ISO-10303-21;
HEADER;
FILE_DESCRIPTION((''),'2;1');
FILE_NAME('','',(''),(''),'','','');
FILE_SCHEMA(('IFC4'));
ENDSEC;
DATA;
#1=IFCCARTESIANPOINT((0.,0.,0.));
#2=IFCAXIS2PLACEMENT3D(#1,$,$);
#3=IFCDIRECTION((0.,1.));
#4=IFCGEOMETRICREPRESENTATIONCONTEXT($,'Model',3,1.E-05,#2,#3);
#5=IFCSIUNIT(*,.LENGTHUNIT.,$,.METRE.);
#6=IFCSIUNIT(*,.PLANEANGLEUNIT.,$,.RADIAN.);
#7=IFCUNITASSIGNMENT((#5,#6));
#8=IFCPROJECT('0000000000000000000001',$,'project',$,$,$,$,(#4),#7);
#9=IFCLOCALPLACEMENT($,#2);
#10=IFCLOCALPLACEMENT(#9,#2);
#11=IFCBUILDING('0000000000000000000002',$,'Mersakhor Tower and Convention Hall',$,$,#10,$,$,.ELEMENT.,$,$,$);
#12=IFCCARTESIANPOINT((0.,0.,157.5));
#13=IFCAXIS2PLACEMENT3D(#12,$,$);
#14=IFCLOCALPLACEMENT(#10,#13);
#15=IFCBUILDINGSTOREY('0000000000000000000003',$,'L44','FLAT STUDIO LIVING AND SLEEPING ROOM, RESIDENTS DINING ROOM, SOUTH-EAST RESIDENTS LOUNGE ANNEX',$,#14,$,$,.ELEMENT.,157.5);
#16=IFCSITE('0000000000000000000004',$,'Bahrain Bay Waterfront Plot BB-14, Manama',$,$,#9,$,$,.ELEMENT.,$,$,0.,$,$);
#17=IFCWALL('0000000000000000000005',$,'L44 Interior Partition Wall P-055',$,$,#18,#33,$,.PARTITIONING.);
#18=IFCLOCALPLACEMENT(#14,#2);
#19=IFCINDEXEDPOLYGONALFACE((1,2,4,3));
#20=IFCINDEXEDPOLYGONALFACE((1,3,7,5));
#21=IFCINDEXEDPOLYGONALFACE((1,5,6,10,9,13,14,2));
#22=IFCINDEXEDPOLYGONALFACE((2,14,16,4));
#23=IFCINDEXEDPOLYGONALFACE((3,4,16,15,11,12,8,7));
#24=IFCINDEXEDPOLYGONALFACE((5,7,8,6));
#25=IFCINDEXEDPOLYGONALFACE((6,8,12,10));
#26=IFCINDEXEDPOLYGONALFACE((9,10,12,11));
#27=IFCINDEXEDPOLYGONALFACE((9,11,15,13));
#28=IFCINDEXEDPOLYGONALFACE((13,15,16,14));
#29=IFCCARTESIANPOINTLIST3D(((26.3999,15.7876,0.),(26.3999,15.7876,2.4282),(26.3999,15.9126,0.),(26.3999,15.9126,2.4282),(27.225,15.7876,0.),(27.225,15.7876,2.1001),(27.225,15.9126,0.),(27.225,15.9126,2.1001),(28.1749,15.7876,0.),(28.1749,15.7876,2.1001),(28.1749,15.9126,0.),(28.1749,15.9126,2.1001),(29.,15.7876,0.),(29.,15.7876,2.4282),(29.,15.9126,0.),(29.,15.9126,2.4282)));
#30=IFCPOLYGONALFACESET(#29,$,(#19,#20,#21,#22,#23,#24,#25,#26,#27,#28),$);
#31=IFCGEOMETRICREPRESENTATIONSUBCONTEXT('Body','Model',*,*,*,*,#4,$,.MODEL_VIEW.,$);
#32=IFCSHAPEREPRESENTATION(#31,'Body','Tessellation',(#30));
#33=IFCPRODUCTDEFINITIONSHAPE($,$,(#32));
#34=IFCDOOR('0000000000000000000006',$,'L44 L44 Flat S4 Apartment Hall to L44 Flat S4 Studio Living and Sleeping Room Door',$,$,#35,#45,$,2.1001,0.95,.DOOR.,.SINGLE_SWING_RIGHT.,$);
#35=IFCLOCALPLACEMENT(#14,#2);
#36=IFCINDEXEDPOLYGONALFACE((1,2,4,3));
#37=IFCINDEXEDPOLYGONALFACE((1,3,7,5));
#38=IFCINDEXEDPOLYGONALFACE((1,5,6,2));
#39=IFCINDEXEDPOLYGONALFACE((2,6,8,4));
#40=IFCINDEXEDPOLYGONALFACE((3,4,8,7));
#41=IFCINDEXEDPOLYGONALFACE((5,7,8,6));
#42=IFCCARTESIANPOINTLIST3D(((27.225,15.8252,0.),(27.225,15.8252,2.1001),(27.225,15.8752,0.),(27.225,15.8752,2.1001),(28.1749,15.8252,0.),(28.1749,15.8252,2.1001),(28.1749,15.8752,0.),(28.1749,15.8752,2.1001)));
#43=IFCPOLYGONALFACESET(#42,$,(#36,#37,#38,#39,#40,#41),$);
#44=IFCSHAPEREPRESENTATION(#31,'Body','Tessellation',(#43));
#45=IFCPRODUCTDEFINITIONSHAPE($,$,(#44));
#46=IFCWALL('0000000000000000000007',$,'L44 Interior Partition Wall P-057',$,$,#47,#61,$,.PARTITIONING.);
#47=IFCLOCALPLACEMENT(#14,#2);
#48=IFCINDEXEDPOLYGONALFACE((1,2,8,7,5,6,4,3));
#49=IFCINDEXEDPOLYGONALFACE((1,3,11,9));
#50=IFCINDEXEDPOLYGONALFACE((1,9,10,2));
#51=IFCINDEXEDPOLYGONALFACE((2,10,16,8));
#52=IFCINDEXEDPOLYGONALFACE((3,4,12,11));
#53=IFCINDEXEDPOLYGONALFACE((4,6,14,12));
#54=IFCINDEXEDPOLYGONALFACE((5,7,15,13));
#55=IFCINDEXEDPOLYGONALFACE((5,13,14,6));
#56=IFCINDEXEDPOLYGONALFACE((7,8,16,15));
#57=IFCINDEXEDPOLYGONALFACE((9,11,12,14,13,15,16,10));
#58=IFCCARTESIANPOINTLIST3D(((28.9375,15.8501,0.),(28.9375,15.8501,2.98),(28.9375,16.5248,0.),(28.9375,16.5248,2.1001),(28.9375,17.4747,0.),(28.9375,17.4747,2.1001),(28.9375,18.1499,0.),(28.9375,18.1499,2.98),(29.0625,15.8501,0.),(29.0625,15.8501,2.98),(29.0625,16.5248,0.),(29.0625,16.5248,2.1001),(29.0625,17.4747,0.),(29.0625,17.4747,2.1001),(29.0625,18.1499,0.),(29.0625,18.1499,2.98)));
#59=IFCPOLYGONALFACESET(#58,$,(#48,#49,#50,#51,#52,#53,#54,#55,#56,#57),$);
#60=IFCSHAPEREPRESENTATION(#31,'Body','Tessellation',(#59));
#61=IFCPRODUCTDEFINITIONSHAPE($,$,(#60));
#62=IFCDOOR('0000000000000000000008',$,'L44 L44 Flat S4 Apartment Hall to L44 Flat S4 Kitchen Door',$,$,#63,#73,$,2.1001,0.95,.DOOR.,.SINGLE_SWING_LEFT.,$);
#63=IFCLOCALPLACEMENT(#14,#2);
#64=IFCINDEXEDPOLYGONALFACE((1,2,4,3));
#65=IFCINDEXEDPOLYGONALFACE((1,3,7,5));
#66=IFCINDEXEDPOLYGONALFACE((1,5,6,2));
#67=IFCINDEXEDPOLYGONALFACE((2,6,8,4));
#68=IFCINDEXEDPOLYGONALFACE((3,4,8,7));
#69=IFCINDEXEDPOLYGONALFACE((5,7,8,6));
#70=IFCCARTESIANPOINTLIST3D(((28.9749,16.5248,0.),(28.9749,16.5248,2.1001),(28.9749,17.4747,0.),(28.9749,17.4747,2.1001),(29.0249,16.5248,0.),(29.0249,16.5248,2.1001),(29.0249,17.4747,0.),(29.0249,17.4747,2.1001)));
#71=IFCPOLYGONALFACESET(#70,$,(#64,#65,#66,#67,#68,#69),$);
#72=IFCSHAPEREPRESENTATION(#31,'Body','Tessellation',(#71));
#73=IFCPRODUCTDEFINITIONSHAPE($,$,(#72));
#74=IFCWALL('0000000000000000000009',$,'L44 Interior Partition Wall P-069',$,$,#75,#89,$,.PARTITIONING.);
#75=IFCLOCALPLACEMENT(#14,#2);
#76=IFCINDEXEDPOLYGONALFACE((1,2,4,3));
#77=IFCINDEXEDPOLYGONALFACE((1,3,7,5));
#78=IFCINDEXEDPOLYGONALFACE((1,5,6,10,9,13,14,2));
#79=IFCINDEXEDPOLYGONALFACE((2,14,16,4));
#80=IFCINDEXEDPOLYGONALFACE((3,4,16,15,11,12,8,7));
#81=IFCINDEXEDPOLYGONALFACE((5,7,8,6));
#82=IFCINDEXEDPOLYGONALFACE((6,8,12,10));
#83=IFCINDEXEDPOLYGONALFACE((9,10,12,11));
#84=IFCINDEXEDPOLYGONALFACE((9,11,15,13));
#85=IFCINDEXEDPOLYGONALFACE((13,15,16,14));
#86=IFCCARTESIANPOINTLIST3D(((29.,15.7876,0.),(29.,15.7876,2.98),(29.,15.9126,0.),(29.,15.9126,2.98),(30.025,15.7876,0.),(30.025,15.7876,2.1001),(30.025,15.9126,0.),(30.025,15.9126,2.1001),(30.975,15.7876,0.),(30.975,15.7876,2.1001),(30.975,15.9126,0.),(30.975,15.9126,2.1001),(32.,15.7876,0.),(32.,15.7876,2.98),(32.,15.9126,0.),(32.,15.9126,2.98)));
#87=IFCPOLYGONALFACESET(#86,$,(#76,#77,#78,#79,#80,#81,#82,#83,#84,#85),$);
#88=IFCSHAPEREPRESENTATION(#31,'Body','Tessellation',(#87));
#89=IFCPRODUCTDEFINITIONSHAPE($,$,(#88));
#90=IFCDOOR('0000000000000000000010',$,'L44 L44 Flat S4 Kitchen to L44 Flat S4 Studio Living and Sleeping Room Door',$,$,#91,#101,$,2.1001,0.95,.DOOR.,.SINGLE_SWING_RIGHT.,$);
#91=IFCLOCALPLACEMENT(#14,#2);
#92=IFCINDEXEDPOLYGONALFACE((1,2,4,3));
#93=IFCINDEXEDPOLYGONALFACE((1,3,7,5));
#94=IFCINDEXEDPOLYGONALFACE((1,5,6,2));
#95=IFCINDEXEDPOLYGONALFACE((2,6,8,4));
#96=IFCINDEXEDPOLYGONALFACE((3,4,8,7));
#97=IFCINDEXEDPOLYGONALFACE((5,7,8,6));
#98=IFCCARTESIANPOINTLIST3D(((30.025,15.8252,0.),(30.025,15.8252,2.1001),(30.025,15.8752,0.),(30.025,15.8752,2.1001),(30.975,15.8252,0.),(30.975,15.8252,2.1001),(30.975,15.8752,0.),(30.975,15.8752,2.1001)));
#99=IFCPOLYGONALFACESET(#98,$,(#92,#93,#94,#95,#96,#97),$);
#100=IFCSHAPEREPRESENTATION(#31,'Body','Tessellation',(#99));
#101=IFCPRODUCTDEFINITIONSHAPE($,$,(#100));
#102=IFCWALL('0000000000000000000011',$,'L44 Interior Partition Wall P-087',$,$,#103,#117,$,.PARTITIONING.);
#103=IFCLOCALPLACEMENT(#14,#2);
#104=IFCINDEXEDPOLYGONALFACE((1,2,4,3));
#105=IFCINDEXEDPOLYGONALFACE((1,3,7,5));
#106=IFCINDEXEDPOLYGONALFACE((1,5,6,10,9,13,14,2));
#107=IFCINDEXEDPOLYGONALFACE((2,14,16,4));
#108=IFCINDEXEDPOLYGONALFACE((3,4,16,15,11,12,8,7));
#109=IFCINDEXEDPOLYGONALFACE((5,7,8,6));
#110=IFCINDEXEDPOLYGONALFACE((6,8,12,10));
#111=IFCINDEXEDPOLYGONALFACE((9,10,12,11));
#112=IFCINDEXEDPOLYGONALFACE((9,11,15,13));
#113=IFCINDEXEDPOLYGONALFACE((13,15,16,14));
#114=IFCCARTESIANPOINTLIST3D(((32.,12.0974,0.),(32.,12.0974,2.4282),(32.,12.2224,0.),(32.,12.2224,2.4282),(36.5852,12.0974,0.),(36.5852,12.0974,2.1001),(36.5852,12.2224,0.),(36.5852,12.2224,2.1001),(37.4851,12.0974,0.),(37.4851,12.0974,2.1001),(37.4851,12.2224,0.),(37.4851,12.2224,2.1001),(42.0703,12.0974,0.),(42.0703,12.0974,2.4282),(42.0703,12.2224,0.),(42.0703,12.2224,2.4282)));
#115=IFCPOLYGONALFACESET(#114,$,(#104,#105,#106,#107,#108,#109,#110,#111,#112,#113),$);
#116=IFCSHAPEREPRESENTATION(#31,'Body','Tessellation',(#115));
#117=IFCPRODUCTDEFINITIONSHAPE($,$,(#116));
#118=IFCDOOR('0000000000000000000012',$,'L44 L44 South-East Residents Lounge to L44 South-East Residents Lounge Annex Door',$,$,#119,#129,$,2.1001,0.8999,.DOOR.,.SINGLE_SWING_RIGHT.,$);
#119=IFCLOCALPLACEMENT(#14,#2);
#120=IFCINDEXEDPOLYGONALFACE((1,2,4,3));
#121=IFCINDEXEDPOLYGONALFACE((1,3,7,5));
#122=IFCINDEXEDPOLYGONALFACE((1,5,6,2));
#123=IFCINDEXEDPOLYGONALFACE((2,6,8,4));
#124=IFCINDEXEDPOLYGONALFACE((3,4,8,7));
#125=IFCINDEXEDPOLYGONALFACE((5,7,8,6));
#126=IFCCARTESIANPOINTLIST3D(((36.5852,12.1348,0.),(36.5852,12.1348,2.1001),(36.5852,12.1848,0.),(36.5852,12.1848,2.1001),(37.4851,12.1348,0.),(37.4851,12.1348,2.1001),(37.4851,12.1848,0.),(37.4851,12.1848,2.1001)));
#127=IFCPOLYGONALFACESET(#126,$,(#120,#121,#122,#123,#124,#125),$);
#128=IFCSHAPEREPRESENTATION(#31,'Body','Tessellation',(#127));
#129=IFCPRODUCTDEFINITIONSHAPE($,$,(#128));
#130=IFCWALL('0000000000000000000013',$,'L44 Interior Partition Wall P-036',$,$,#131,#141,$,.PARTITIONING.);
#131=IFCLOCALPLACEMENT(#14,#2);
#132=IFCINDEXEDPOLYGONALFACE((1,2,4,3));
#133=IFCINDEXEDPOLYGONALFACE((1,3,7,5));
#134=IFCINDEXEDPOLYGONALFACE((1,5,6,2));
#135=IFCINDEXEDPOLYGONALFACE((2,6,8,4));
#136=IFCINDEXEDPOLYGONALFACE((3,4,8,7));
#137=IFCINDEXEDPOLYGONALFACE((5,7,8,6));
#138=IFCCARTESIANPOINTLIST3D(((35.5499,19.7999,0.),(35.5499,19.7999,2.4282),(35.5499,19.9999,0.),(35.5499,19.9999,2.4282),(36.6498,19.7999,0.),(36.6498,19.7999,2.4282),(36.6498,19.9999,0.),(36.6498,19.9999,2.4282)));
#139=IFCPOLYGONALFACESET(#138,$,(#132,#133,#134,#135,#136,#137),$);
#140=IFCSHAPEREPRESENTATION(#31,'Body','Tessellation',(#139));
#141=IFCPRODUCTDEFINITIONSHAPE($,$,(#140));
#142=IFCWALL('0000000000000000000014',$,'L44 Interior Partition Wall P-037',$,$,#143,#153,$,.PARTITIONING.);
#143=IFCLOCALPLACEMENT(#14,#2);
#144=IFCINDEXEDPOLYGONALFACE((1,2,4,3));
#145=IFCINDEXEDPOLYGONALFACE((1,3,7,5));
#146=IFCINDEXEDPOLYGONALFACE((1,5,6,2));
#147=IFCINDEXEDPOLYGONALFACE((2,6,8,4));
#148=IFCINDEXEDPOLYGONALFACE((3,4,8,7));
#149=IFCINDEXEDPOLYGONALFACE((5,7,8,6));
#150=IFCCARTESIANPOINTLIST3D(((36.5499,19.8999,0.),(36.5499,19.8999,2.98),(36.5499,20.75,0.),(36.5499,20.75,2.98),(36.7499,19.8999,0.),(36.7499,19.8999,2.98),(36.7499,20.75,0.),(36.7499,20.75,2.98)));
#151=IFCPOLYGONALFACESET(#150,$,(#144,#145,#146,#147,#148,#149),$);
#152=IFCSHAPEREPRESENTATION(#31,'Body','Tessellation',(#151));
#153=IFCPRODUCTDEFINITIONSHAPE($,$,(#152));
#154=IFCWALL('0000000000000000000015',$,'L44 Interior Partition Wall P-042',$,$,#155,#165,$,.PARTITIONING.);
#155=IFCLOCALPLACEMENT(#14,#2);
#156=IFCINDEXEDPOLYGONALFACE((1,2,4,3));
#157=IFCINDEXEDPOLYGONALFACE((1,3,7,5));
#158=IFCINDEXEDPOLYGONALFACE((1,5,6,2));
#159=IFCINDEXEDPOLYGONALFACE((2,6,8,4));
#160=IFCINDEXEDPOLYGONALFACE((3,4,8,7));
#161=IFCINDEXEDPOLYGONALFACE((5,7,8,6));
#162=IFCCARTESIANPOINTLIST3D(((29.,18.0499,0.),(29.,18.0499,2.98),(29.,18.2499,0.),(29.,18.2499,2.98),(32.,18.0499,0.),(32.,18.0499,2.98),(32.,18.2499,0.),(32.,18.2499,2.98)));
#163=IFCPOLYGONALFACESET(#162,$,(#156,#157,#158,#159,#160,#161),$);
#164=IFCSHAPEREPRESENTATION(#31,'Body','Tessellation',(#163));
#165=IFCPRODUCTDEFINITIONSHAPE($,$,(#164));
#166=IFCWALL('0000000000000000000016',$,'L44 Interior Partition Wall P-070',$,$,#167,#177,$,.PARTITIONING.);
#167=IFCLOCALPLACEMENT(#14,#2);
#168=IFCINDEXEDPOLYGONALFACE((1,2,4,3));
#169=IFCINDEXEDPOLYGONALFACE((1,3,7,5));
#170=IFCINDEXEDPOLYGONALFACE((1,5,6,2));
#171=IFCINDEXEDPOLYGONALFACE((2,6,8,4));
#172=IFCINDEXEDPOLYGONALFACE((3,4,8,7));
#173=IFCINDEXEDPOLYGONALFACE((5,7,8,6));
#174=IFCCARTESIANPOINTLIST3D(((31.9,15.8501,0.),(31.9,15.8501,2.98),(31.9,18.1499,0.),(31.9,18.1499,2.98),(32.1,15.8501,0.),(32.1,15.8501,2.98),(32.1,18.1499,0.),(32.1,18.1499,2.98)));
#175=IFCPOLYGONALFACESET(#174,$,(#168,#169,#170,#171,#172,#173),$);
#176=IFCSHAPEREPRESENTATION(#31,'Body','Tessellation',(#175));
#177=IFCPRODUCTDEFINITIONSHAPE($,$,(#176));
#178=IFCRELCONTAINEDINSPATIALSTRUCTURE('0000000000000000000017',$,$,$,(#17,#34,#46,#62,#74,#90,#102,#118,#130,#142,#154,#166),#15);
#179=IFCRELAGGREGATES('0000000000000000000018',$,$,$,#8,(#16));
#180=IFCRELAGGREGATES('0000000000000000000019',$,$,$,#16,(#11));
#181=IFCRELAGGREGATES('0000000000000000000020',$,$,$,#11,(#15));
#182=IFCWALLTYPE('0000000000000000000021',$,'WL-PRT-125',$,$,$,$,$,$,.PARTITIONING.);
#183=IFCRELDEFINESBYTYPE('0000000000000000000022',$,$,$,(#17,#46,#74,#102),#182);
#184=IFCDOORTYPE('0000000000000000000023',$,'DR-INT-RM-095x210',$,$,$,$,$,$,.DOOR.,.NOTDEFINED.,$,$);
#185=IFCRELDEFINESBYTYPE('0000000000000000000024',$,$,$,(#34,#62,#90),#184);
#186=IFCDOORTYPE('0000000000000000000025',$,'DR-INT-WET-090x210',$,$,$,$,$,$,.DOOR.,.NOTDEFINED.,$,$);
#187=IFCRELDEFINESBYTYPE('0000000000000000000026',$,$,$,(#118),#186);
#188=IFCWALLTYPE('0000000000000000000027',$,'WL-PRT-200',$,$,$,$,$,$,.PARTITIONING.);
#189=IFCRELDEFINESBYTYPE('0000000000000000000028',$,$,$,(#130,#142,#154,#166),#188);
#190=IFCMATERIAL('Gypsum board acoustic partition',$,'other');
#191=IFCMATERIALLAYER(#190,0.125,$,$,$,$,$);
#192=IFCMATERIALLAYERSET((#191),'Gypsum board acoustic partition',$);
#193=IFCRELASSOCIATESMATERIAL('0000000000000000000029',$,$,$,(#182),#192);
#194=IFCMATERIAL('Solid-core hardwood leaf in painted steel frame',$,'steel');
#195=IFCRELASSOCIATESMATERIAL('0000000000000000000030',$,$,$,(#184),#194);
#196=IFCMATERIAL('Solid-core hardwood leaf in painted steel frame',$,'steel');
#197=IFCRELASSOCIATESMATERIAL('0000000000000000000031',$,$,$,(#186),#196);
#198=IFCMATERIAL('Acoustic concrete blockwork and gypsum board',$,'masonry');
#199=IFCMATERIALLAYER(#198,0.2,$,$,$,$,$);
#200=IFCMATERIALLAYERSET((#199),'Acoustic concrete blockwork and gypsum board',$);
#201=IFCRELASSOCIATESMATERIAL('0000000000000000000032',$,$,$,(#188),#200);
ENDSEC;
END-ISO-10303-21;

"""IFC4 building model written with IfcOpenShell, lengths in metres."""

from ifc_helpers import new_model, si_unit, direction, frame, frame_2d, origin, place, context, subcontext, project, spatial, rectangle, extrude, material, layer, layer_set, type_object, element, fill, save


model = new_model("IFC4")

# Units and contexts
model_context = context("Model", 3, precision=1e-05, world=origin(), true_north=direction((0.0, 1.0)))
body_context = subcontext(model_context, "Body", "Model", "MODEL_VIEW")
ifc_project = project(units=[si_unit("LENGTHUNIT", "METRE"), si_unit("PLANEANGLEUNIT", "RADIAN")], contexts=[model_context])

# Site, building, storey
site_placement = place(None, origin())
site = spatial("IfcSite", under=ifc_project, at=site_placement, Name="Bahrain Bay Waterfront Plot BB-14, Manama", CompositionType="ELEMENT", RefElevation=0.0)
building_placement = place(site_placement, origin())
building = spatial("IfcBuilding", under=site, at=building_placement, Name="Mersakhor Tower and Convention Hall", CompositionType="ELEMENT")
storey_placement = place(building_placement, frame((0.0, 0.0, 157.5)))
storey = spatial("IfcBuildingStorey", under=building, at=storey_placement, Name="L44", Description="FLAT STUDIO LIVING AND SLEEPING ROOM, RESIDENTS DINING ROOM, SOUTH-EAST RESIDENTS LOUNGE ANNEX", CompositionType="ELEMENT", Elevation=157.5)

# Walls, openings, doors
ifc_material_1 = material(Name="Gypsum board acoustic partition", Category="other")
ifc_layer_1 = layer(ifc_material_1, 0.125)
ifc_layer_set_1 = layer_set([ifc_layer_1], Name="Gypsum board acoustic partition")
wall_type_1 = type_object("IfcWallType", Name="WL-PRT-125", PredefinedType="PARTITIONING", material=ifc_layer_set_1)
wall_1_placement = place(storey_placement, frame((29.0, 15.8501, 0.0), z_axis=(0.0, 0.0, 1.0), x_axis=(-1.0, 0.0, 0.0)))
wall_1 = element("IfcWall", 1, at=wall_1_placement, inside=storey, type_object=wall_type_1, Name="L44 Interior Partition Wall P-055", PredefinedType="PARTITIONING", context=body_context, shape_type="SweptSolid", body=[
    extrude(rectangle(XDim=2.6001, YDim=0.125, at=frame_2d((1.3, 0.0))), origin(), (0.0, 0.0, 1.0), 2.4282),
])
opening_1_placement = place(wall_1_placement, frame((0.825, 0.0, 0.0)))
opening_1 = element("IfcOpeningElement", 2, at=opening_1_placement, cuts=wall_1, PredefinedType="OPENING", context=body_context, shape_type="SweptSolid", body=[
    extrude(rectangle(XDim=0.95, YDim=2.1001, at=frame_2d((0.4751, 1.05))), frame((0.0, 0.0725, 0.0), z_axis=(0.0, -1.0, 0.0), x_axis=(1.0, 0.0, 0.0)), (0.0, 0.0, 1.0), 0.145),
])
ifc_material_2 = material(Name="Solid-core hardwood leaf in painted steel frame", Category="steel")
door_type_1 = type_object("IfcDoorType", Name="DR-INT-RM-095x210", OperationType="NOTDEFINED", PredefinedType="DOOR", material=ifc_material_2)
door_1_placement = place(opening_1_placement, origin())
door_1 = element("IfcDoor", 3, at=door_1_placement, inside=storey, type_object=door_type_1, Name="L44 L44 Flat S4 Apartment Hall to L44 Flat S4 Studio Living and Sleeping Room Door", OperationType="SINGLE_SWING_RIGHT", OverallHeight=2.1001, OverallWidth=0.95, PredefinedType="DOOR", context=body_context, shape_type="SweptSolid", body=[
    extrude(rectangle(XDim=0.95, YDim=2.1001, at=frame_2d((0.4751, 1.05))), frame((0.0, 0.0249, 0.0), z_axis=(0.0, -1.0, 0.0), x_axis=(1.0, 0.0, 0.0)), (0.0, 0.0, 1.0), 0.05),
])
fill(opening_1, door_1)
wall_2_placement = place(storey_placement, frame((29.0, 18.1499, 0.0), z_axis=(0.0, 0.0, 1.0), x_axis=(0.0, -1.0, 0.0)))
wall_2 = element("IfcWall", 4, at=wall_2_placement, inside=storey, type_object=wall_type_1, Name="L44 Interior Partition Wall P-057", PredefinedType="PARTITIONING", context=body_context, shape_type="SweptSolid", body=[
    extrude(rectangle(XDim=2.2998, YDim=0.125, at=frame_2d((1.1499, 0.0))), origin(), (0.0, 0.0, 1.0), 2.98),
])
opening_2_placement = place(wall_2_placement, frame((0.675, 0.0, 0.0)))
opening_2 = element("IfcOpeningElement", 5, at=opening_2_placement, cuts=wall_2, PredefinedType="OPENING", context=body_context, shape_type="SweptSolid", body=[
    extrude(rectangle(XDim=0.95, YDim=2.1001, at=frame_2d((0.4751, 1.05))), frame((0.0, 0.0725, 0.0), z_axis=(0.0, -1.0, 0.0), x_axis=(1.0, 0.0, 0.0)), (0.0, 0.0, 1.0), 0.145),
])
door_2_placement = place(opening_2_placement, origin())
door_2 = element("IfcDoor", 6, at=door_2_placement, inside=storey, type_object=door_type_1, Name="L44 L44 Flat S4 Apartment Hall to L44 Flat S4 Kitchen Door", OperationType="SINGLE_SWING_LEFT", OverallHeight=2.1001, OverallWidth=0.95, PredefinedType="DOOR", context=body_context, shape_type="SweptSolid", body=[
    extrude(rectangle(XDim=0.95, YDim=2.1001, at=frame_2d((0.4751, 1.05))), frame((0.0, 0.0249, 0.0), z_axis=(0.0, -1.0, 0.0), x_axis=(1.0, 0.0, 0.0)), (0.0, 0.0, 1.0), 0.05),
])
fill(opening_2, door_2)
wall_3_placement = place(storey_placement, frame((32.0, 15.8501, 0.0), z_axis=(0.0, 0.0, 1.0), x_axis=(-1.0, 0.0, 0.0)))
wall_3 = element("IfcWall", 7, at=wall_3_placement, inside=storey, type_object=wall_type_1, Name="L44 Interior Partition Wall P-069", PredefinedType="PARTITIONING", context=body_context, shape_type="SweptSolid", body=[
    extrude(rectangle(XDim=3.0, YDim=0.125, at=frame_2d((1.5, 0.0))), origin(), (0.0, 0.0, 1.0), 2.98),
])
opening_3_placement = place(wall_3_placement, frame((1.0249, 0.0, 0.0)))
opening_3 = element("IfcOpeningElement", 8, at=opening_3_placement, cuts=wall_3, PredefinedType="OPENING", context=body_context, shape_type="SweptSolid", body=[
    extrude(rectangle(XDim=0.95, YDim=2.1001, at=frame_2d((0.4751, 1.05))), frame((0.0, 0.0725, 0.0), z_axis=(0.0, -1.0, 0.0), x_axis=(1.0, 0.0, 0.0)), (0.0, 0.0, 1.0), 0.145),
])
door_3_placement = place(opening_3_placement, origin())
door_3 = element("IfcDoor", 9, at=door_3_placement, inside=storey, type_object=door_type_1, Name="L44 L44 Flat S4 Kitchen to L44 Flat S4 Studio Living and Sleeping Room Door", OperationType="SINGLE_SWING_RIGHT", OverallHeight=2.1001, OverallWidth=0.95, PredefinedType="DOOR", context=body_context, shape_type="SweptSolid", body=[
    extrude(rectangle(XDim=0.95, YDim=2.1001, at=frame_2d((0.4751, 1.05))), frame((0.0, 0.0249, 0.0), z_axis=(0.0, -1.0, 0.0), x_axis=(1.0, 0.0, 0.0)), (0.0, 0.0, 1.0), 0.05),
])
fill(opening_3, door_3)
wall_4_placement = place(storey_placement, frame((32.0, 12.1599, 0.0), z_axis=(0.0, 0.0, 1.0), x_axis=(1.0, 0.0, 0.0)))
wall_4 = element("IfcWall", 10, at=wall_4_placement, inside=storey, type_object=wall_type_1, Name="L44 Interior Partition Wall P-087", PredefinedType="PARTITIONING", context=body_context, shape_type="SweptSolid", body=[
    extrude(rectangle(XDim=10.0703, YDim=0.125, at=frame_2d((5.0352, 0.0))), origin(), (0.0, 0.0, 1.0), 2.4282),
])
opening_4_placement = place(wall_4_placement, frame((4.5852, 0.0, 0.0)))
opening_4 = element("IfcOpeningElement", 11, at=opening_4_placement, cuts=wall_4, PredefinedType="OPENING", context=body_context, shape_type="SweptSolid", body=[
    extrude(rectangle(XDim=0.8999, YDim=2.1001, at=frame_2d((0.45, 1.05))), frame((0.0, 0.0725, 0.0), z_axis=(0.0, -1.0, 0.0), x_axis=(1.0, 0.0, 0.0)), (0.0, 0.0, 1.0), 0.145),
])
ifc_material_3 = material(Name="Solid-core hardwood leaf in painted steel frame", Category="steel")
door_type_2 = type_object("IfcDoorType", Name="DR-INT-WET-090x210", OperationType="NOTDEFINED", PredefinedType="DOOR", material=ifc_material_3)
door_4_placement = place(opening_4_placement, origin())
door_4 = element("IfcDoor", 12, at=door_4_placement, inside=storey, type_object=door_type_2, Name="L44 L44 South-East Residents Lounge to L44 South-East Residents Lounge Annex Door", OperationType="SINGLE_SWING_RIGHT", OverallHeight=2.1001, OverallWidth=0.8999, PredefinedType="DOOR", context=body_context, shape_type="SweptSolid", body=[
    extrude(rectangle(XDim=0.8999, YDim=2.1001, at=frame_2d((0.45, 1.05))), frame((0.0, 0.0249, 0.0), z_axis=(0.0, -1.0, 0.0), x_axis=(1.0, 0.0, 0.0)), (0.0, 0.0, 1.0), 0.05),
])
fill(opening_4, door_4)

# Walls
ifc_material_4 = material(Name="Acoustic concrete blockwork and gypsum board", Category="masonry")
ifc_layer_2 = layer(ifc_material_4, 0.2)
ifc_layer_set_2 = layer_set([ifc_layer_2], Name="Acoustic concrete blockwork and gypsum board")
wall_type_2 = type_object("IfcWallType", Name="WL-PRT-200", PredefinedType="PARTITIONING", material=ifc_layer_set_2)
wall_5_placement = place(storey_placement, frame((35.55, 19.8999, 0.0), z_axis=(0.0, 0.0, 1.0), x_axis=(1.0, 0.0, 0.0)))
element("IfcWall", 13, at=wall_5_placement, inside=storey, type_object=wall_type_2, Name="L44 Interior Partition Wall P-036", PredefinedType="PARTITIONING", context=body_context, shape_type="SweptSolid", body=[
    extrude(rectangle(XDim=1.0999, YDim=0.2, at=frame_2d((0.5498, 0.0))), origin(), (0.0, 0.0, 1.0), 2.4282),
])
wall_6_placement = place(storey_placement, frame((36.6499, 19.8999, 0.0), z_axis=(0.0, 0.0, 1.0), x_axis=(0.0, 1.0, 0.0)))
element("IfcWall", 14, at=wall_6_placement, inside=storey, type_object=wall_type_2, Name="L44 Interior Partition Wall P-037", PredefinedType="PARTITIONING", context=body_context, shape_type="SweptSolid", body=[
    extrude(rectangle(XDim=0.8501, YDim=0.2, at=frame_2d((0.425, 0.0))), origin(), (0.0, 0.0, 1.0), 2.98),
])
wall_7_placement = place(storey_placement, frame((32.0, 18.1499, 0.0), z_axis=(0.0, 0.0, 1.0), x_axis=(-1.0, 0.0, 0.0)))
element("IfcWall", 15, at=wall_7_placement, inside=storey, type_object=wall_type_2, Name="L44 Interior Partition Wall P-042", PredefinedType="PARTITIONING", context=body_context, shape_type="SweptSolid", body=[
    extrude(rectangle(XDim=3.0, YDim=0.2, at=frame_2d((1.5, 0.0))), origin(), (0.0, 0.0, 1.0), 2.98),
])

# Wall
wall_8_placement = place(storey_placement, frame((32.0, 18.1499, 0.0), z_axis=(0.0, 0.0, 1.0), x_axis=(0.0, -1.0, 0.0)))
element("IfcWall", 16, at=wall_8_placement, inside=storey, type_object=wall_type_2, Name="L44 Interior Partition Wall P-070", PredefinedType="PARTITIONING", context=body_context, shape_type="SweptSolid", body=[
    extrude(rectangle(XDim=2.2998, YDim=0.2, at=frame_2d((1.1499, 0.0))), origin(), (0.0, 0.0, 1.0), 2.98),
])

save(model, "model.ifc")
